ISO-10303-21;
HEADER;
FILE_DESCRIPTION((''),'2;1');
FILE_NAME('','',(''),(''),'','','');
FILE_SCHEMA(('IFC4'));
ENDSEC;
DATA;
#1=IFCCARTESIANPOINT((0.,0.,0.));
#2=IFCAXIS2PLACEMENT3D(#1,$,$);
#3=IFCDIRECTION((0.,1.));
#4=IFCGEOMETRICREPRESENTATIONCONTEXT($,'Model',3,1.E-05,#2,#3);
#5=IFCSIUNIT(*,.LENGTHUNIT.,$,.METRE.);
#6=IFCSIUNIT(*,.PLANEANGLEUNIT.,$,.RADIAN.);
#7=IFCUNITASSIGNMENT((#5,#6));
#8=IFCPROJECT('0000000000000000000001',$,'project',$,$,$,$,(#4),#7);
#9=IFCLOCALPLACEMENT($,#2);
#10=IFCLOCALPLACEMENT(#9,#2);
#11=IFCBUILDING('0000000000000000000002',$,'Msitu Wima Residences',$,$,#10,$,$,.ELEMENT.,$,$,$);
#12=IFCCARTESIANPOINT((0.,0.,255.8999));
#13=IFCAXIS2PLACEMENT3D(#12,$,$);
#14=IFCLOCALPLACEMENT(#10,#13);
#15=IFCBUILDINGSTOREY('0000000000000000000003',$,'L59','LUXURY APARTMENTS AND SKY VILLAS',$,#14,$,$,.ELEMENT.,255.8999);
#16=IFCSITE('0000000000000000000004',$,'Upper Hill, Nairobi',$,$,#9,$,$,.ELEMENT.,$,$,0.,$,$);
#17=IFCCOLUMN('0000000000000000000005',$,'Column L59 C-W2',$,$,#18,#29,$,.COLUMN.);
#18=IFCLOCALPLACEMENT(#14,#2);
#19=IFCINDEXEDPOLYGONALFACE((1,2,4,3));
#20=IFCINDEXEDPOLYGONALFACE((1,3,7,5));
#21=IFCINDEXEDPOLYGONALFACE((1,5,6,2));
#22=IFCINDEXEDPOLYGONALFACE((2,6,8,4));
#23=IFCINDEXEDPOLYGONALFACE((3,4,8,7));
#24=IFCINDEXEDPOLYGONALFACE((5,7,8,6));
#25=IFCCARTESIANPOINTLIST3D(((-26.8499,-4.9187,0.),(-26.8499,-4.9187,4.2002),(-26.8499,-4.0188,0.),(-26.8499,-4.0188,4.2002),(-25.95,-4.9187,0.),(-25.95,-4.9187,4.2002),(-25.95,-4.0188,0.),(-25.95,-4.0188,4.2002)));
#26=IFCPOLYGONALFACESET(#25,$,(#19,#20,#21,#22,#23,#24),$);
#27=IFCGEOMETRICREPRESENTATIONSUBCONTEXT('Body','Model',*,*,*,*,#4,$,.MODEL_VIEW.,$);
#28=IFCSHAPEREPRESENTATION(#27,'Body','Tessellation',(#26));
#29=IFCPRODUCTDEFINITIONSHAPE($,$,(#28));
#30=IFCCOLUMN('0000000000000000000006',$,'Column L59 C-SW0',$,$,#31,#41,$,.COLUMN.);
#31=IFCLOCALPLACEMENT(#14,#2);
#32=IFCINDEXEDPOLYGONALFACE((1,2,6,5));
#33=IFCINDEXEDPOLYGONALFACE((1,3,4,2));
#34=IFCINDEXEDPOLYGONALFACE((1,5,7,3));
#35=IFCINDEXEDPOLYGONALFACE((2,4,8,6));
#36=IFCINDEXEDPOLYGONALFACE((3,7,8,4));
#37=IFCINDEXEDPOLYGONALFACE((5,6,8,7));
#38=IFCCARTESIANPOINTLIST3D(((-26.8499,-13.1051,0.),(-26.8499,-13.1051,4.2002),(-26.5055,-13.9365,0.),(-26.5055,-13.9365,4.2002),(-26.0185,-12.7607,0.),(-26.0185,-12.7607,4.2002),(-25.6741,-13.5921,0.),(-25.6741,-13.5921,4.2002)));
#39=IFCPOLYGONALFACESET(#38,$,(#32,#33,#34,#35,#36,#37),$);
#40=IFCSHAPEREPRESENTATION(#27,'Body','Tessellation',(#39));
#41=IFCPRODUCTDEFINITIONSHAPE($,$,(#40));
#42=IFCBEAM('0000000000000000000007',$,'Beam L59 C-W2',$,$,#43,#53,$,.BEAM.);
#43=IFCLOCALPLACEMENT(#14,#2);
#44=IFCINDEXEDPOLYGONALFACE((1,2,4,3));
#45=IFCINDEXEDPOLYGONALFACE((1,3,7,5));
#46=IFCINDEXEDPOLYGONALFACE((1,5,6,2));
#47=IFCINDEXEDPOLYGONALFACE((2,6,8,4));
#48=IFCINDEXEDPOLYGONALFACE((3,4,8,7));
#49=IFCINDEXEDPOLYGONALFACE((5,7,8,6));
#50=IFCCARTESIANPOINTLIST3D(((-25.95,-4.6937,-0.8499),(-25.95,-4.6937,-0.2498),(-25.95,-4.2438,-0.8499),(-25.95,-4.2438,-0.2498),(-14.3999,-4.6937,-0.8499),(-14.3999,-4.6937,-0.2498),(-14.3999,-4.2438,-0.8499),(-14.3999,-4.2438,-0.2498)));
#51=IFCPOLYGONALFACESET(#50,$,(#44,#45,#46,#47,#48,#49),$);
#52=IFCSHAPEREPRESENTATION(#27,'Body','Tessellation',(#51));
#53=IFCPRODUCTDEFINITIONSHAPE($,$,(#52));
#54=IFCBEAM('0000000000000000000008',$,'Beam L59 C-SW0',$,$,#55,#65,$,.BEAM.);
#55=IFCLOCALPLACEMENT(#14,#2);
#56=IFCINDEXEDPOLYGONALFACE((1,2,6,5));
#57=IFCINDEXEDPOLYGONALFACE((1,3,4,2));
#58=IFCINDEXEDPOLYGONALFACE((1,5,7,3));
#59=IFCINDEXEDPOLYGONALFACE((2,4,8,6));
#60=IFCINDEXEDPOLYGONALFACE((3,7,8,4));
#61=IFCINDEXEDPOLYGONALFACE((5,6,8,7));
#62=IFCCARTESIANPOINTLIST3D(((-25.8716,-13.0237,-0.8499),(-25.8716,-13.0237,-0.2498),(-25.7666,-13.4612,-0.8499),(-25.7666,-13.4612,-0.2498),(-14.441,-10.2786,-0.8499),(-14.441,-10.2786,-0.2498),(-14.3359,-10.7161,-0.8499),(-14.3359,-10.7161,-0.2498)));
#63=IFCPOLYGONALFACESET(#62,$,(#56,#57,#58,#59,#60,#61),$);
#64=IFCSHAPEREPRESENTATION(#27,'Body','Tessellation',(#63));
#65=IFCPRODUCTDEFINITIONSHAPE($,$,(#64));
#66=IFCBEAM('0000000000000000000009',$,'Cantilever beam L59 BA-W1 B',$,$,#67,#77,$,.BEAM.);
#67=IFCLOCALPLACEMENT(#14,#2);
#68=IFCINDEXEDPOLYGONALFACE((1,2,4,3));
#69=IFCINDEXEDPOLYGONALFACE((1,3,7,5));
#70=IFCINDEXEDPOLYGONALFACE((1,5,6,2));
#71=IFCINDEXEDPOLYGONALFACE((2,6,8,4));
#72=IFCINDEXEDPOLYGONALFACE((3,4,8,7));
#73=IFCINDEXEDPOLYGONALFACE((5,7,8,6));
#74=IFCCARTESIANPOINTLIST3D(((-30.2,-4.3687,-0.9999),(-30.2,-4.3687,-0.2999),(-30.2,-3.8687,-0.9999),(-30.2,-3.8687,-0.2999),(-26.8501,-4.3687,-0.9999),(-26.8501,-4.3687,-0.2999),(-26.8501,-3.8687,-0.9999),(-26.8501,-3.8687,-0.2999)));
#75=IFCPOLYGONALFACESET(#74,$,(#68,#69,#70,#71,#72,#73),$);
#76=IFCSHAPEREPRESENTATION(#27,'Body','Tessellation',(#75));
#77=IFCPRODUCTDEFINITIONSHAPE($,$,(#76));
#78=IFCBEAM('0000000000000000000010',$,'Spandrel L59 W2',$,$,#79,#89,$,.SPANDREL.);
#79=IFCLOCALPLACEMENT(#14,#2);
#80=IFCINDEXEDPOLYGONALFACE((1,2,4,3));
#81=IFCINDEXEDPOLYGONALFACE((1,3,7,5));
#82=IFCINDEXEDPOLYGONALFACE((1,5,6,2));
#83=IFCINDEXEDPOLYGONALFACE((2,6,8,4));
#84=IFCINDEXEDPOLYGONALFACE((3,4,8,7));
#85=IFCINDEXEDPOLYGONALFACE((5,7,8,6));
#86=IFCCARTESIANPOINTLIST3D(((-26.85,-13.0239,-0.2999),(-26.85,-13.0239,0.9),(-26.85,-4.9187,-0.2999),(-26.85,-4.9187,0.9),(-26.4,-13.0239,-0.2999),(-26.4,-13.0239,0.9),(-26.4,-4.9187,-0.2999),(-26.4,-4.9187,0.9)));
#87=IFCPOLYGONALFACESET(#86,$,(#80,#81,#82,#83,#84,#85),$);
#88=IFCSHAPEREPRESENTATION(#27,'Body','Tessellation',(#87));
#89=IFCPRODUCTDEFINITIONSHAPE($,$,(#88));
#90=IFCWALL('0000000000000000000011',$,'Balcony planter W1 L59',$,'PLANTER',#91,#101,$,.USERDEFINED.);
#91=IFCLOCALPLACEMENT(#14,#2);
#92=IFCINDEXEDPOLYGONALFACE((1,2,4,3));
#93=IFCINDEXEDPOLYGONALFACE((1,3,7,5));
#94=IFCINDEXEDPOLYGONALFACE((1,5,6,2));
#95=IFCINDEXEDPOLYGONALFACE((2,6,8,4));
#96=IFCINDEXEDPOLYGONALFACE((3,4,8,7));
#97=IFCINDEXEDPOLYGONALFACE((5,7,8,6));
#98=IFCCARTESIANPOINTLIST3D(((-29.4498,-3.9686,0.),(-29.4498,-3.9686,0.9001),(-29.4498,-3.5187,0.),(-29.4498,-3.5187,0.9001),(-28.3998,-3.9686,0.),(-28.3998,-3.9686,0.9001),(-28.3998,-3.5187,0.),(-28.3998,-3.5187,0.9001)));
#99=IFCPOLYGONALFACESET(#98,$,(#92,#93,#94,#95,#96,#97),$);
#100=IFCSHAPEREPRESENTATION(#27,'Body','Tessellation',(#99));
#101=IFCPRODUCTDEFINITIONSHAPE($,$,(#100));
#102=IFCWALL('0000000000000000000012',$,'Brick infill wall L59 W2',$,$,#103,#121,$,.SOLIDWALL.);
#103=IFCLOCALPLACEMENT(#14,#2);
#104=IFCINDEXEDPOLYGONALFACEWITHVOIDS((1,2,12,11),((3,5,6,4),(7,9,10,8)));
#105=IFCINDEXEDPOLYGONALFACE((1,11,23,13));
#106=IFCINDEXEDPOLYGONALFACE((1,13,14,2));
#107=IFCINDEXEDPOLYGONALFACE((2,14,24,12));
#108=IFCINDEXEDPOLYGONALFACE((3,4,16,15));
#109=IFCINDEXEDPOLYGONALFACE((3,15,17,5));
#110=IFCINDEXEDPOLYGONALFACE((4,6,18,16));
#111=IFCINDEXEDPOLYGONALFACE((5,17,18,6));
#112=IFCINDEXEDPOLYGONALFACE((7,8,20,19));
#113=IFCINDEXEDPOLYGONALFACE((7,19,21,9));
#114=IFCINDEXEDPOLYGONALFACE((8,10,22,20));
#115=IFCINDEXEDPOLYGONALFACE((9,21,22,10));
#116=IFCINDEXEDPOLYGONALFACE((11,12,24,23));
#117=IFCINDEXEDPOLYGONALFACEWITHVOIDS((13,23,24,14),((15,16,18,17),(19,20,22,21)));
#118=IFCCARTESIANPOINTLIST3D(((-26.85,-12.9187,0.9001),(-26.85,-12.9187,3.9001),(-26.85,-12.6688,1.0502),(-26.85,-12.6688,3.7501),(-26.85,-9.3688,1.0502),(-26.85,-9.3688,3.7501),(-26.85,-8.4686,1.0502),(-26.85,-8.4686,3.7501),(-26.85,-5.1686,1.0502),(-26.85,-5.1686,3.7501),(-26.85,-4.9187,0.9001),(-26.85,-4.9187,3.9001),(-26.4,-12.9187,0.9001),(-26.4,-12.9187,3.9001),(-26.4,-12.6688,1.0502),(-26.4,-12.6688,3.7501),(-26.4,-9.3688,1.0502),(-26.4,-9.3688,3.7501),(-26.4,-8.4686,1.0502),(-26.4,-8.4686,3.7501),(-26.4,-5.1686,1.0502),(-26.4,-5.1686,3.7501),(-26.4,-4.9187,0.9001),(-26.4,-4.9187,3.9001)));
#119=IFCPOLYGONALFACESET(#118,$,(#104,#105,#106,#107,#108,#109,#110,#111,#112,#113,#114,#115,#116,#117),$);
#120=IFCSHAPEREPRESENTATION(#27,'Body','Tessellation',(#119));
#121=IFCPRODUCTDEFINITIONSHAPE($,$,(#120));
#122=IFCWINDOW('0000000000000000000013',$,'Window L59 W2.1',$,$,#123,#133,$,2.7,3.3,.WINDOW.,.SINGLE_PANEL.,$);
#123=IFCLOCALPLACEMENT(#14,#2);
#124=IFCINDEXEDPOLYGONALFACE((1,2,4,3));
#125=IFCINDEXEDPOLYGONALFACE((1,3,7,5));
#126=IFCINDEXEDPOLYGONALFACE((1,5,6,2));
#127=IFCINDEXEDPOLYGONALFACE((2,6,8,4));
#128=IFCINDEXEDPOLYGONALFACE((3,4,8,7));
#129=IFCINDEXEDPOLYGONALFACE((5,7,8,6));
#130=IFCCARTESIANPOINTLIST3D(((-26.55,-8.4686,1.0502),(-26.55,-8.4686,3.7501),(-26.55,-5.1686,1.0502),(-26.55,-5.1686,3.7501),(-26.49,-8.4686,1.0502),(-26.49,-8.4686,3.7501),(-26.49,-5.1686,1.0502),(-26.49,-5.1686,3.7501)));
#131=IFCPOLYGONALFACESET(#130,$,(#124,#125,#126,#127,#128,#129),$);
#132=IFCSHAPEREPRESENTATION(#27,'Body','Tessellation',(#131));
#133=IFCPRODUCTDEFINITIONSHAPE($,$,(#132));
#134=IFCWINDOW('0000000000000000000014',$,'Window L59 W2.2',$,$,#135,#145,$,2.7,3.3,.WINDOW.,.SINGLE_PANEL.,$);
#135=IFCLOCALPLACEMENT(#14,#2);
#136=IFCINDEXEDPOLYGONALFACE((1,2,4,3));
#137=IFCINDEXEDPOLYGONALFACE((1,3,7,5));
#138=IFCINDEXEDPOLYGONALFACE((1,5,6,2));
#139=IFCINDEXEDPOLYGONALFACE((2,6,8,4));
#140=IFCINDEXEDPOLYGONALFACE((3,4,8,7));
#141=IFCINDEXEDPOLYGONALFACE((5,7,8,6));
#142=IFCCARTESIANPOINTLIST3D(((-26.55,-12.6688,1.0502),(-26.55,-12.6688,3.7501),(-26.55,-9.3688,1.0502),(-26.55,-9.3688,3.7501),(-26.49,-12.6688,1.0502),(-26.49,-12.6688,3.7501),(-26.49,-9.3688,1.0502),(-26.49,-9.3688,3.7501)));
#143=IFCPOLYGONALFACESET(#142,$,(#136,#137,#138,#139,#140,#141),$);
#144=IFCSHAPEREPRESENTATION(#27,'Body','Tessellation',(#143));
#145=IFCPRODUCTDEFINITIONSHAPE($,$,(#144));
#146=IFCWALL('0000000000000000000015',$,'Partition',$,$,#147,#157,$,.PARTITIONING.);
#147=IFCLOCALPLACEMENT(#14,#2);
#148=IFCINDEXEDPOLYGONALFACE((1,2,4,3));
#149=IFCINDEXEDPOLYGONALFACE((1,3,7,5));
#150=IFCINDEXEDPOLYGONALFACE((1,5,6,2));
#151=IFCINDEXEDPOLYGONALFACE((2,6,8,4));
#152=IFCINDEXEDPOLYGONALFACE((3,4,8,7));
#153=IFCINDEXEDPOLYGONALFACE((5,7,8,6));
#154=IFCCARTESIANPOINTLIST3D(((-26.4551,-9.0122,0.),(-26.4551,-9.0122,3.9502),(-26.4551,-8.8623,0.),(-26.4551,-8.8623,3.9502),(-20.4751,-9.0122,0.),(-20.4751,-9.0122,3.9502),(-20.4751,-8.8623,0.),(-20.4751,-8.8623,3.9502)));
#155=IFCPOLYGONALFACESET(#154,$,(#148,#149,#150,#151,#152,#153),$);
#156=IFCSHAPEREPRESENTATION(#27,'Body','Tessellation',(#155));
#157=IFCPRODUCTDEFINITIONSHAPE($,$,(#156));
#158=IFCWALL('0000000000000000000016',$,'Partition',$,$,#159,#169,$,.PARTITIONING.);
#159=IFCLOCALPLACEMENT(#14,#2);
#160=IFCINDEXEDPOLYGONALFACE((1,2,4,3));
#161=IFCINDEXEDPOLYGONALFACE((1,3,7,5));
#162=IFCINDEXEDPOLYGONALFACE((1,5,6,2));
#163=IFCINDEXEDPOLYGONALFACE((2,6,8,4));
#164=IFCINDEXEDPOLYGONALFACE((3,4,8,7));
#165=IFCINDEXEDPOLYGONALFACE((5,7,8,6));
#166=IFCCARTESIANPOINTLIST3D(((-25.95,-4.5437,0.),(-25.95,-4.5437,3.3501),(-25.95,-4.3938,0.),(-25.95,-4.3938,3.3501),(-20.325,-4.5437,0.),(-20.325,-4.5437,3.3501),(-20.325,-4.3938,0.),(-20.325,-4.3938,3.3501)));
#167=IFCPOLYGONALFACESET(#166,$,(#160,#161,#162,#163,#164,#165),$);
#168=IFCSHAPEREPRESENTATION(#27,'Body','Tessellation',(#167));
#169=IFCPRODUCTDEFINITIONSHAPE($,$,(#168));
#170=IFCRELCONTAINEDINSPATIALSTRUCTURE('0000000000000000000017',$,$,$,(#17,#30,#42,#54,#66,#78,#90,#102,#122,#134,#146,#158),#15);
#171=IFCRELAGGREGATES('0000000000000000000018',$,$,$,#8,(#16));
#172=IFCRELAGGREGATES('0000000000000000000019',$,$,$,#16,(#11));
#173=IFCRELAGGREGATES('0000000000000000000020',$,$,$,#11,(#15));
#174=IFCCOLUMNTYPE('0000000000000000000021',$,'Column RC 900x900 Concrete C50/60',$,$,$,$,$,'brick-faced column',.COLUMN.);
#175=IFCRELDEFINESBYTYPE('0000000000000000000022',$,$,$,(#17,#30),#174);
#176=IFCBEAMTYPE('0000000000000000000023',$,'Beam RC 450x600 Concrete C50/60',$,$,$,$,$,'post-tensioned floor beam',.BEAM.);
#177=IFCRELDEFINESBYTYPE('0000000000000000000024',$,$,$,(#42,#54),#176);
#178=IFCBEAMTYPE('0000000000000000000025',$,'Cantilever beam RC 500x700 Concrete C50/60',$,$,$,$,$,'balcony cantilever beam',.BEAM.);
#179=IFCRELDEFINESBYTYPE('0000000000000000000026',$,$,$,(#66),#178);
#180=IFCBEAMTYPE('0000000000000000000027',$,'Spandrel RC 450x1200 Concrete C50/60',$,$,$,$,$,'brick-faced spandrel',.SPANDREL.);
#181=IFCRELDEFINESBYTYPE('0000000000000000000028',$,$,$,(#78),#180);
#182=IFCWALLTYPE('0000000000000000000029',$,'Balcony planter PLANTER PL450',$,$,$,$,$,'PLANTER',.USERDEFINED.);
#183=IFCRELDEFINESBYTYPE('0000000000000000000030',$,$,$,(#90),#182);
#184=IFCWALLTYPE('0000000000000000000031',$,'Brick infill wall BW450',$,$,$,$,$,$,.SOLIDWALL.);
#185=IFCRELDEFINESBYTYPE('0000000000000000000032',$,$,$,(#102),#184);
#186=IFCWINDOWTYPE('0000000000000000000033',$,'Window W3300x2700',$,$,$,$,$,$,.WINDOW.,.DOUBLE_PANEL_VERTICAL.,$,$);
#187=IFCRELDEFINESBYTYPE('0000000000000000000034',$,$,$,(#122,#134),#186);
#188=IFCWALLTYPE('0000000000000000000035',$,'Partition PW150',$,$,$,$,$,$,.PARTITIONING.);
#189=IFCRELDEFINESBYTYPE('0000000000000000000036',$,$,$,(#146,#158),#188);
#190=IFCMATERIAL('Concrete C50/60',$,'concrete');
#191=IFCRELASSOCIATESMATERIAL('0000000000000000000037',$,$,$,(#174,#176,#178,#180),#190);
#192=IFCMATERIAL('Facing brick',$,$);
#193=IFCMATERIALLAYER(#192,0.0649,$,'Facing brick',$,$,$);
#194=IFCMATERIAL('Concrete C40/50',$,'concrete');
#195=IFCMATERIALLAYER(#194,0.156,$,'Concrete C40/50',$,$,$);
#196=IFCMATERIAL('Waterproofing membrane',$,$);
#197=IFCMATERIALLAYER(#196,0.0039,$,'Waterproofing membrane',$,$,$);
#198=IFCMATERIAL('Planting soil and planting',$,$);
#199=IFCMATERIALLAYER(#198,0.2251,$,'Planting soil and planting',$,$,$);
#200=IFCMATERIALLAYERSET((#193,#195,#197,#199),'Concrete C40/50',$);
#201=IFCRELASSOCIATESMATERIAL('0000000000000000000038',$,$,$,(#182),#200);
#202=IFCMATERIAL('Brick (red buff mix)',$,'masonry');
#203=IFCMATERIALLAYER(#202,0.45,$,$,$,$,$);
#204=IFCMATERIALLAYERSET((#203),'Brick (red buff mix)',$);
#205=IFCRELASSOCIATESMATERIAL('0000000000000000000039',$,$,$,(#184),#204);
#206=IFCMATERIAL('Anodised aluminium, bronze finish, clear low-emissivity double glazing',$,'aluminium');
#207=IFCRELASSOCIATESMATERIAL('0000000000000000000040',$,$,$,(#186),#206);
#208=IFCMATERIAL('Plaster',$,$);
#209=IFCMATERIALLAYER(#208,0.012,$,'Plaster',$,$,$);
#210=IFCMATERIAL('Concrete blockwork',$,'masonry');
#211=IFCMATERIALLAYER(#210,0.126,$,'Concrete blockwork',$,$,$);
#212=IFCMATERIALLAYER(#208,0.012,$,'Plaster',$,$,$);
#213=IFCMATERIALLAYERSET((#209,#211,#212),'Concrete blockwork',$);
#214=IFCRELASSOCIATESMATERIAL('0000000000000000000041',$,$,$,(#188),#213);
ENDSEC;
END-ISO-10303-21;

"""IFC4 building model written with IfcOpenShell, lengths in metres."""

from ifc_helpers import new_model, si_unit, direction, frame, frame_2d, origin, origin_2d, place, context, subcontext, project, spatial, rectangle, extrude, material, layer, layer_set, material_profile, profile_set, type_object, element, fill, save


model = new_model("IFC4")

# Units and contexts
model_context = context("Model", 3, precision=1e-05, world=origin(), true_north=direction((0.0, 1.0)))
body_context = subcontext(model_context, "Body", "Model", "MODEL_VIEW")
ifc_project = project(units=[si_unit("LENGTHUNIT", "METRE"), si_unit("PLANEANGLEUNIT", "RADIAN")], contexts=[model_context])

# Site, building, storey
site_placement = place(None, origin())
site = spatial("IfcSite", under=ifc_project, at=site_placement, Name="Upper Hill, Nairobi", CompositionType="ELEMENT", RefElevation=0.0)
building_placement = place(site_placement, origin())
building = spatial("IfcBuilding", under=site, at=building_placement, Name="Msitu Wima Residences", CompositionType="ELEMENT")
storey_placement = place(building_placement, frame((0.0, 0.0, 255.8999)))
storey = spatial("IfcBuildingStorey", under=building, at=storey_placement, Name="L59", Description="LUXURY APARTMENTS AND SKY VILLAS", CompositionType="ELEMENT", Elevation=255.8999)

# Columns
ifc_material_1 = material(Name="Concrete C50/60", Category="concrete")
ifc_material_profile_1 = material_profile(ifc_material_1, rectangle(XDim=0.8999, YDim=0.8999, at=origin_2d()), Name="RC 900x900")
ifc_profile_set_1 = profile_set([ifc_material_profile_1], Name="Concrete C50/60")
column_type = type_object("IfcColumnType", Name="Column RC 900x900 Concrete C50/60", ElementType="brick-faced column", PredefinedType="COLUMN", material=ifc_profile_set_1)
for number, where, z_axis, x_axis, name in (
    (1, (-26.3999, -4.4688, 0.0), (0.0, 0.0, 1.0), (0.0, -1.0, 0.0), "Column L59 C-W2"),
    (2, (-26.262, -13.3486, 0.0), (0.0, 0.0, 1.0), (0.382683, -0.92388, 0.0), "Column L59 C-SW0"),
):
    element("IfcColumn", number, at=place(storey_placement, frame(where, z_axis=z_axis, x_axis=x_axis)), inside=storey, type_object=column_type, Name=name, PredefinedType="COLUMN", context=body_context, shape_type="SweptSolid", body=[
        extrude(rectangle(XDim=0.8999, YDim=0.8999, at=origin_2d()), origin(), (0.0, 0.0, 1.0), 4.2002),
    ])

# Beams
ifc_material_profile_2 = material_profile(ifc_material_1, rectangle(XDim=0.45, YDim=0.6001, at=origin_2d()), Name="RC 450x600")
ifc_profile_set_2 = profile_set([ifc_material_profile_2], Name="Concrete C50/60")
beam_type_1 = type_object("IfcBeamType", Name="Beam RC 450x600 Concrete C50/60", ElementType="post-tensioned floor beam", PredefinedType="BEAM", material=ifc_profile_set_2)
beam_1_placement = place(storey_placement, frame((-25.95, -4.4688, -0.5498), z_axis=(1.0, 0.0, 0.0), x_axis=(0.0, 1.0, 0.0)))
element("IfcBeam", 3, at=beam_1_placement, inside=storey, type_object=beam_type_1, Name="Beam L59 C-W2", PredefinedType="BEAM", context=body_context, shape_type="SweptSolid", body=[
    extrude(rectangle(XDim=0.45, YDim=0.6001, at=origin_2d()), origin(), (0.0, 0.0, 1.0), 11.55),
])
beam_2_placement = place(storey_placement, frame((-25.8191, -13.2424, -0.5498), z_axis=(0.972353, 0.233514, 0.0), x_axis=(-0.233514, 0.972353, 0.0)))
element("IfcBeam", 4, at=beam_2_placement, inside=storey, type_object=beam_type_1, Name="Beam L59 C-SW0", PredefinedType="BEAM", context=body_context, shape_type="SweptSolid", body=[
    extrude(rectangle(XDim=0.45, YDim=0.6001, at=origin_2d()), origin(), (0.0, 0.0, 1.0), 11.7556),
])
ifc_material_profile_3 = material_profile(ifc_material_1, rectangle(XDim=0.5, YDim=0.7, at=origin_2d()), Name="RC 500x700")
ifc_profile_set_3 = profile_set([ifc_material_profile_3], Name="Concrete C50/60")
beam_type_2 = type_object("IfcBeamType", Name="Cantilever beam RC 500x700 Concrete C50/60", ElementType="balcony cantilever beam", PredefinedType="BEAM", material=ifc_profile_set_3)
beam_3_placement = place(storey_placement, frame((-26.8501, -4.1187, -0.6499), z_axis=(-1.0, 0.0, 0.0), x_axis=(0.0, -1.0, 0.0)))
element("IfcBeam", 5, at=beam_3_placement, inside=storey, type_object=beam_type_2, Name="Cantilever beam L59 BA-W1 B", PredefinedType="BEAM", context=body_context, shape_type="SweptSolid", body=[
    extrude(rectangle(XDim=0.5, YDim=0.7, at=origin_2d()), origin(), (0.0, 0.0, 1.0), 3.3499),
])
ifc_material_profile_4 = material_profile(ifc_material_1, rectangle(XDim=0.45, YDim=1.2, at=origin_2d()), Name="RC 450x1200")
ifc_profile_set_4 = profile_set([ifc_material_profile_4], Name="Concrete C50/60")
beam_type_3 = type_object("IfcBeamType", Name="Spandrel RC 450x1200 Concrete C50/60", ElementType="brick-faced spandrel", PredefinedType="SPANDREL", material=ifc_profile_set_4)
beam_4_placement = place(storey_placement, frame((-26.625, -4.9187, 0.3), z_axis=(0.0, -1.0, 0.0), x_axis=(1.0, 0.0, 0.0)))
element("IfcBeam", 6, at=beam_4_placement, inside=storey, type_object=beam_type_3, Name="Spandrel L59 W2", PredefinedType="SPANDREL", context=body_context, shape_type="SweptSolid", body=[
    extrude(rectangle(XDim=0.45, YDim=1.2, at=origin_2d()), origin(), (0.0, 0.0, 1.0), 8.1052),
])

# Wall
ifc_material_2 = material(Name="Facing brick")
ifc_layer_1 = layer(ifc_material_2, 0.0649, Name="Facing brick")
ifc_material_3 = material(Name="Concrete C40/50", Category="concrete")
ifc_layer_2 = layer(ifc_material_3, 0.156, Name="Concrete C40/50")
ifc_material_4 = material(Name="Waterproofing membrane")
ifc_layer_3 = layer(ifc_material_4, 0.0039, Name="Waterproofing membrane")
ifc_material_5 = material(Name="Planting soil and planting")
ifc_layer_4 = layer(ifc_material_5, 0.2251, Name="Planting soil and planting")
ifc_layer_set_1 = layer_set([ifc_layer_1, ifc_layer_2, ifc_layer_3, ifc_layer_4], Name="Concrete C40/50")
wall_type_1 = type_object("IfcWallType", Name="Balcony planter PLANTER PL450", ElementType="PLANTER", PredefinedType="USERDEFINED", material=ifc_layer_set_1)
wall_1_placement = place(storey_placement, frame((-28.3999, -3.7437, 0.0), z_axis=(0.0, 0.0, 1.0), x_axis=(-1.0, 0.0, 0.0)))
element("IfcWall", 7, at=wall_1_placement, inside=storey, type_object=wall_type_1, Name="Balcony planter W1 L59", ObjectType="PLANTER", PredefinedType="USERDEFINED", context=body_context, shape_type="SweptSolid", body=[
    extrude(rectangle(XDim=1.05, YDim=0.45, at=frame_2d((0.5249, 0.0))), origin(), (0.0, 0.0, 1.0), 0.9001),
])

# Wall, openings, windows
ifc_material_6 = material(Name="Brick (red buff mix)", Category="masonry")
ifc_layer_5 = layer(ifc_material_6, 0.45)
ifc_layer_set_2 = layer_set([ifc_layer_5], Name="Brick (red buff mix)")
wall_type_2 = type_object("IfcWallType", Name="Brick infill wall BW450", PredefinedType="SOLIDWALL", material=ifc_layer_set_2)
wall_2_placement = place(storey_placement, frame((-26.625, -4.9187, 0.9001), z_axis=(0.0, 0.0, 1.0), x_axis=(0.0, -1.0, 0.0)))
wall_2 = element("IfcWall", 8, at=wall_2_placement, inside=storey, type_object=wall_type_2, Name="Brick infill wall L59 W2", PredefinedType="SOLIDWALL", context=body_context, shape_type="SweptSolid", body=[
    extrude(rectangle(XDim=8.0, YDim=0.45, at=frame_2d((4.0, 0.0))), origin(), (0.0, 0.0, 1.0), 3.0),
])
opening_1_placement = place(wall_2_placement, frame((0.25, 0.0, 0.1499)))
opening_1 = element("IfcOpeningElement", 9, at=opening_1_placement, cuts=wall_2, PredefinedType="OPENING", context=body_context, shape_type="SweptSolid", body=[
    extrude(rectangle(XDim=3.3, YDim=2.7, at=frame_2d((1.6499, 1.3501))), frame((0.0, 0.2349, 0.0), z_axis=(0.0, -1.0, 0.0), x_axis=(1.0, 0.0, 0.0)), (0.0, 0.0, 1.0), 0.47),
])
opening_2_placement = place(wall_2_placement, frame((4.4502, 0.0, 0.1499)))
opening_2 = element("IfcOpeningElement", 10, at=opening_2_placement, cuts=wall_2, PredefinedType="OPENING", context=body_context, shape_type="SweptSolid", body=[
    extrude(rectangle(XDim=3.3, YDim=2.7, at=frame_2d((1.6499, 1.3501))), frame((0.0, 0.2349, 0.0), z_axis=(0.0, -1.0, 0.0), x_axis=(1.0, 0.0, 0.0)), (0.0, 0.0, 1.0), 0.47),
])
ifc_material_7 = material(Name="Anodised aluminium, bronze finish, clear low-emissivity double glazing", Category="aluminium")
window_type = type_object("IfcWindowType", Name="Window W3300x2700", PartitioningType="DOUBLE_PANEL_VERTICAL", PredefinedType="WINDOW", material=ifc_material_7)
window_1_placement = place(opening_1_placement, origin())
window_1 = element("IfcWindow", 11, at=window_1_placement, inside=storey, type_object=window_type, Name="Window L59 W2.1", OverallHeight=2.7, OverallWidth=3.3, PartitioningType="SINGLE_PANEL", PredefinedType="WINDOW", context=body_context, shape_type="SweptSolid", body=[
    extrude(rectangle(XDim=3.3, YDim=2.7, at=frame_2d((1.6499, 1.3501))), frame((0.0, 0.135, 0.0), z_axis=(0.0, -1.0, 0.0), x_axis=(1.0, 0.0, 0.0)), (0.0, 0.0, 1.0), 0.0601),
])
fill(opening_1, window_1)
window_2_placement = place(opening_2_placement, origin())
window_2 = element("IfcWindow", 12, at=window_2_placement, inside=storey, type_object=window_type, Name="Window L59 W2.2", OverallHeight=2.7, OverallWidth=3.3, PartitioningType="SINGLE_PANEL", PredefinedType="WINDOW", context=body_context, shape_type="SweptSolid", body=[
    extrude(rectangle(XDim=3.3, YDim=2.7, at=frame_2d((1.6499, 1.3501))), frame((0.0, 0.135, 0.0), z_axis=(0.0, -1.0, 0.0), x_axis=(1.0, 0.0, 0.0)), (0.0, 0.0, 1.0), 0.0601),
])
fill(opening_2, window_2)

# Walls
ifc_material_8 = material(Name="Plaster")
ifc_layer_6 = layer(ifc_material_8, 0.012, Name="Plaster")
ifc_material_9 = material(Name="Concrete blockwork", Category="masonry")
ifc_layer_7 = layer(ifc_material_9, 0.126, Name="Concrete blockwork")
ifc_layer_8 = layer(ifc_material_8, 0.012, Name="Plaster")
ifc_layer_set_3 = layer_set([ifc_layer_6, ifc_layer_7, ifc_layer_8], Name="Concrete blockwork")
wall_type_3 = type_object("IfcWallType", Name="Partition PW150", PredefinedType="PARTITIONING", material=ifc_layer_set_3)
wall_3_placement = place(storey_placement, frame((-26.4551, -8.9373, 0.0), z_axis=(0.0, 0.0, 1.0), x_axis=(1.0, 0.0, 0.0)))
element("IfcWall", 13, at=wall_3_placement, inside=storey, type_object=wall_type_3, Name="Partition", PredefinedType="PARTITIONING", context=body_context, shape_type="SweptSolid", body=[
    extrude(rectangle(XDim=5.98, YDim=0.1499, at=frame_2d((2.99, 0.0))), origin(), (0.0, 0.0, 1.0), 3.9502),
])
wall_4_placement = place(storey_placement, frame((-25.95, -4.4688, 0.0), z_axis=(0.0, 0.0, 1.0), x_axis=(1.0, 0.0, 0.0)))
element("IfcWall", 14, at=wall_4_placement, inside=storey, type_object=wall_type_3, Name="Partition", PredefinedType="PARTITIONING", context=body_context, shape_type="SweptSolid", body=[
    extrude(rectangle(XDim=5.625, YDim=0.1499, at=frame_2d((2.8125, 0.0))), origin(), (0.0, 0.0, 1.0), 3.3501),
])

save(model, "model.ifc")
